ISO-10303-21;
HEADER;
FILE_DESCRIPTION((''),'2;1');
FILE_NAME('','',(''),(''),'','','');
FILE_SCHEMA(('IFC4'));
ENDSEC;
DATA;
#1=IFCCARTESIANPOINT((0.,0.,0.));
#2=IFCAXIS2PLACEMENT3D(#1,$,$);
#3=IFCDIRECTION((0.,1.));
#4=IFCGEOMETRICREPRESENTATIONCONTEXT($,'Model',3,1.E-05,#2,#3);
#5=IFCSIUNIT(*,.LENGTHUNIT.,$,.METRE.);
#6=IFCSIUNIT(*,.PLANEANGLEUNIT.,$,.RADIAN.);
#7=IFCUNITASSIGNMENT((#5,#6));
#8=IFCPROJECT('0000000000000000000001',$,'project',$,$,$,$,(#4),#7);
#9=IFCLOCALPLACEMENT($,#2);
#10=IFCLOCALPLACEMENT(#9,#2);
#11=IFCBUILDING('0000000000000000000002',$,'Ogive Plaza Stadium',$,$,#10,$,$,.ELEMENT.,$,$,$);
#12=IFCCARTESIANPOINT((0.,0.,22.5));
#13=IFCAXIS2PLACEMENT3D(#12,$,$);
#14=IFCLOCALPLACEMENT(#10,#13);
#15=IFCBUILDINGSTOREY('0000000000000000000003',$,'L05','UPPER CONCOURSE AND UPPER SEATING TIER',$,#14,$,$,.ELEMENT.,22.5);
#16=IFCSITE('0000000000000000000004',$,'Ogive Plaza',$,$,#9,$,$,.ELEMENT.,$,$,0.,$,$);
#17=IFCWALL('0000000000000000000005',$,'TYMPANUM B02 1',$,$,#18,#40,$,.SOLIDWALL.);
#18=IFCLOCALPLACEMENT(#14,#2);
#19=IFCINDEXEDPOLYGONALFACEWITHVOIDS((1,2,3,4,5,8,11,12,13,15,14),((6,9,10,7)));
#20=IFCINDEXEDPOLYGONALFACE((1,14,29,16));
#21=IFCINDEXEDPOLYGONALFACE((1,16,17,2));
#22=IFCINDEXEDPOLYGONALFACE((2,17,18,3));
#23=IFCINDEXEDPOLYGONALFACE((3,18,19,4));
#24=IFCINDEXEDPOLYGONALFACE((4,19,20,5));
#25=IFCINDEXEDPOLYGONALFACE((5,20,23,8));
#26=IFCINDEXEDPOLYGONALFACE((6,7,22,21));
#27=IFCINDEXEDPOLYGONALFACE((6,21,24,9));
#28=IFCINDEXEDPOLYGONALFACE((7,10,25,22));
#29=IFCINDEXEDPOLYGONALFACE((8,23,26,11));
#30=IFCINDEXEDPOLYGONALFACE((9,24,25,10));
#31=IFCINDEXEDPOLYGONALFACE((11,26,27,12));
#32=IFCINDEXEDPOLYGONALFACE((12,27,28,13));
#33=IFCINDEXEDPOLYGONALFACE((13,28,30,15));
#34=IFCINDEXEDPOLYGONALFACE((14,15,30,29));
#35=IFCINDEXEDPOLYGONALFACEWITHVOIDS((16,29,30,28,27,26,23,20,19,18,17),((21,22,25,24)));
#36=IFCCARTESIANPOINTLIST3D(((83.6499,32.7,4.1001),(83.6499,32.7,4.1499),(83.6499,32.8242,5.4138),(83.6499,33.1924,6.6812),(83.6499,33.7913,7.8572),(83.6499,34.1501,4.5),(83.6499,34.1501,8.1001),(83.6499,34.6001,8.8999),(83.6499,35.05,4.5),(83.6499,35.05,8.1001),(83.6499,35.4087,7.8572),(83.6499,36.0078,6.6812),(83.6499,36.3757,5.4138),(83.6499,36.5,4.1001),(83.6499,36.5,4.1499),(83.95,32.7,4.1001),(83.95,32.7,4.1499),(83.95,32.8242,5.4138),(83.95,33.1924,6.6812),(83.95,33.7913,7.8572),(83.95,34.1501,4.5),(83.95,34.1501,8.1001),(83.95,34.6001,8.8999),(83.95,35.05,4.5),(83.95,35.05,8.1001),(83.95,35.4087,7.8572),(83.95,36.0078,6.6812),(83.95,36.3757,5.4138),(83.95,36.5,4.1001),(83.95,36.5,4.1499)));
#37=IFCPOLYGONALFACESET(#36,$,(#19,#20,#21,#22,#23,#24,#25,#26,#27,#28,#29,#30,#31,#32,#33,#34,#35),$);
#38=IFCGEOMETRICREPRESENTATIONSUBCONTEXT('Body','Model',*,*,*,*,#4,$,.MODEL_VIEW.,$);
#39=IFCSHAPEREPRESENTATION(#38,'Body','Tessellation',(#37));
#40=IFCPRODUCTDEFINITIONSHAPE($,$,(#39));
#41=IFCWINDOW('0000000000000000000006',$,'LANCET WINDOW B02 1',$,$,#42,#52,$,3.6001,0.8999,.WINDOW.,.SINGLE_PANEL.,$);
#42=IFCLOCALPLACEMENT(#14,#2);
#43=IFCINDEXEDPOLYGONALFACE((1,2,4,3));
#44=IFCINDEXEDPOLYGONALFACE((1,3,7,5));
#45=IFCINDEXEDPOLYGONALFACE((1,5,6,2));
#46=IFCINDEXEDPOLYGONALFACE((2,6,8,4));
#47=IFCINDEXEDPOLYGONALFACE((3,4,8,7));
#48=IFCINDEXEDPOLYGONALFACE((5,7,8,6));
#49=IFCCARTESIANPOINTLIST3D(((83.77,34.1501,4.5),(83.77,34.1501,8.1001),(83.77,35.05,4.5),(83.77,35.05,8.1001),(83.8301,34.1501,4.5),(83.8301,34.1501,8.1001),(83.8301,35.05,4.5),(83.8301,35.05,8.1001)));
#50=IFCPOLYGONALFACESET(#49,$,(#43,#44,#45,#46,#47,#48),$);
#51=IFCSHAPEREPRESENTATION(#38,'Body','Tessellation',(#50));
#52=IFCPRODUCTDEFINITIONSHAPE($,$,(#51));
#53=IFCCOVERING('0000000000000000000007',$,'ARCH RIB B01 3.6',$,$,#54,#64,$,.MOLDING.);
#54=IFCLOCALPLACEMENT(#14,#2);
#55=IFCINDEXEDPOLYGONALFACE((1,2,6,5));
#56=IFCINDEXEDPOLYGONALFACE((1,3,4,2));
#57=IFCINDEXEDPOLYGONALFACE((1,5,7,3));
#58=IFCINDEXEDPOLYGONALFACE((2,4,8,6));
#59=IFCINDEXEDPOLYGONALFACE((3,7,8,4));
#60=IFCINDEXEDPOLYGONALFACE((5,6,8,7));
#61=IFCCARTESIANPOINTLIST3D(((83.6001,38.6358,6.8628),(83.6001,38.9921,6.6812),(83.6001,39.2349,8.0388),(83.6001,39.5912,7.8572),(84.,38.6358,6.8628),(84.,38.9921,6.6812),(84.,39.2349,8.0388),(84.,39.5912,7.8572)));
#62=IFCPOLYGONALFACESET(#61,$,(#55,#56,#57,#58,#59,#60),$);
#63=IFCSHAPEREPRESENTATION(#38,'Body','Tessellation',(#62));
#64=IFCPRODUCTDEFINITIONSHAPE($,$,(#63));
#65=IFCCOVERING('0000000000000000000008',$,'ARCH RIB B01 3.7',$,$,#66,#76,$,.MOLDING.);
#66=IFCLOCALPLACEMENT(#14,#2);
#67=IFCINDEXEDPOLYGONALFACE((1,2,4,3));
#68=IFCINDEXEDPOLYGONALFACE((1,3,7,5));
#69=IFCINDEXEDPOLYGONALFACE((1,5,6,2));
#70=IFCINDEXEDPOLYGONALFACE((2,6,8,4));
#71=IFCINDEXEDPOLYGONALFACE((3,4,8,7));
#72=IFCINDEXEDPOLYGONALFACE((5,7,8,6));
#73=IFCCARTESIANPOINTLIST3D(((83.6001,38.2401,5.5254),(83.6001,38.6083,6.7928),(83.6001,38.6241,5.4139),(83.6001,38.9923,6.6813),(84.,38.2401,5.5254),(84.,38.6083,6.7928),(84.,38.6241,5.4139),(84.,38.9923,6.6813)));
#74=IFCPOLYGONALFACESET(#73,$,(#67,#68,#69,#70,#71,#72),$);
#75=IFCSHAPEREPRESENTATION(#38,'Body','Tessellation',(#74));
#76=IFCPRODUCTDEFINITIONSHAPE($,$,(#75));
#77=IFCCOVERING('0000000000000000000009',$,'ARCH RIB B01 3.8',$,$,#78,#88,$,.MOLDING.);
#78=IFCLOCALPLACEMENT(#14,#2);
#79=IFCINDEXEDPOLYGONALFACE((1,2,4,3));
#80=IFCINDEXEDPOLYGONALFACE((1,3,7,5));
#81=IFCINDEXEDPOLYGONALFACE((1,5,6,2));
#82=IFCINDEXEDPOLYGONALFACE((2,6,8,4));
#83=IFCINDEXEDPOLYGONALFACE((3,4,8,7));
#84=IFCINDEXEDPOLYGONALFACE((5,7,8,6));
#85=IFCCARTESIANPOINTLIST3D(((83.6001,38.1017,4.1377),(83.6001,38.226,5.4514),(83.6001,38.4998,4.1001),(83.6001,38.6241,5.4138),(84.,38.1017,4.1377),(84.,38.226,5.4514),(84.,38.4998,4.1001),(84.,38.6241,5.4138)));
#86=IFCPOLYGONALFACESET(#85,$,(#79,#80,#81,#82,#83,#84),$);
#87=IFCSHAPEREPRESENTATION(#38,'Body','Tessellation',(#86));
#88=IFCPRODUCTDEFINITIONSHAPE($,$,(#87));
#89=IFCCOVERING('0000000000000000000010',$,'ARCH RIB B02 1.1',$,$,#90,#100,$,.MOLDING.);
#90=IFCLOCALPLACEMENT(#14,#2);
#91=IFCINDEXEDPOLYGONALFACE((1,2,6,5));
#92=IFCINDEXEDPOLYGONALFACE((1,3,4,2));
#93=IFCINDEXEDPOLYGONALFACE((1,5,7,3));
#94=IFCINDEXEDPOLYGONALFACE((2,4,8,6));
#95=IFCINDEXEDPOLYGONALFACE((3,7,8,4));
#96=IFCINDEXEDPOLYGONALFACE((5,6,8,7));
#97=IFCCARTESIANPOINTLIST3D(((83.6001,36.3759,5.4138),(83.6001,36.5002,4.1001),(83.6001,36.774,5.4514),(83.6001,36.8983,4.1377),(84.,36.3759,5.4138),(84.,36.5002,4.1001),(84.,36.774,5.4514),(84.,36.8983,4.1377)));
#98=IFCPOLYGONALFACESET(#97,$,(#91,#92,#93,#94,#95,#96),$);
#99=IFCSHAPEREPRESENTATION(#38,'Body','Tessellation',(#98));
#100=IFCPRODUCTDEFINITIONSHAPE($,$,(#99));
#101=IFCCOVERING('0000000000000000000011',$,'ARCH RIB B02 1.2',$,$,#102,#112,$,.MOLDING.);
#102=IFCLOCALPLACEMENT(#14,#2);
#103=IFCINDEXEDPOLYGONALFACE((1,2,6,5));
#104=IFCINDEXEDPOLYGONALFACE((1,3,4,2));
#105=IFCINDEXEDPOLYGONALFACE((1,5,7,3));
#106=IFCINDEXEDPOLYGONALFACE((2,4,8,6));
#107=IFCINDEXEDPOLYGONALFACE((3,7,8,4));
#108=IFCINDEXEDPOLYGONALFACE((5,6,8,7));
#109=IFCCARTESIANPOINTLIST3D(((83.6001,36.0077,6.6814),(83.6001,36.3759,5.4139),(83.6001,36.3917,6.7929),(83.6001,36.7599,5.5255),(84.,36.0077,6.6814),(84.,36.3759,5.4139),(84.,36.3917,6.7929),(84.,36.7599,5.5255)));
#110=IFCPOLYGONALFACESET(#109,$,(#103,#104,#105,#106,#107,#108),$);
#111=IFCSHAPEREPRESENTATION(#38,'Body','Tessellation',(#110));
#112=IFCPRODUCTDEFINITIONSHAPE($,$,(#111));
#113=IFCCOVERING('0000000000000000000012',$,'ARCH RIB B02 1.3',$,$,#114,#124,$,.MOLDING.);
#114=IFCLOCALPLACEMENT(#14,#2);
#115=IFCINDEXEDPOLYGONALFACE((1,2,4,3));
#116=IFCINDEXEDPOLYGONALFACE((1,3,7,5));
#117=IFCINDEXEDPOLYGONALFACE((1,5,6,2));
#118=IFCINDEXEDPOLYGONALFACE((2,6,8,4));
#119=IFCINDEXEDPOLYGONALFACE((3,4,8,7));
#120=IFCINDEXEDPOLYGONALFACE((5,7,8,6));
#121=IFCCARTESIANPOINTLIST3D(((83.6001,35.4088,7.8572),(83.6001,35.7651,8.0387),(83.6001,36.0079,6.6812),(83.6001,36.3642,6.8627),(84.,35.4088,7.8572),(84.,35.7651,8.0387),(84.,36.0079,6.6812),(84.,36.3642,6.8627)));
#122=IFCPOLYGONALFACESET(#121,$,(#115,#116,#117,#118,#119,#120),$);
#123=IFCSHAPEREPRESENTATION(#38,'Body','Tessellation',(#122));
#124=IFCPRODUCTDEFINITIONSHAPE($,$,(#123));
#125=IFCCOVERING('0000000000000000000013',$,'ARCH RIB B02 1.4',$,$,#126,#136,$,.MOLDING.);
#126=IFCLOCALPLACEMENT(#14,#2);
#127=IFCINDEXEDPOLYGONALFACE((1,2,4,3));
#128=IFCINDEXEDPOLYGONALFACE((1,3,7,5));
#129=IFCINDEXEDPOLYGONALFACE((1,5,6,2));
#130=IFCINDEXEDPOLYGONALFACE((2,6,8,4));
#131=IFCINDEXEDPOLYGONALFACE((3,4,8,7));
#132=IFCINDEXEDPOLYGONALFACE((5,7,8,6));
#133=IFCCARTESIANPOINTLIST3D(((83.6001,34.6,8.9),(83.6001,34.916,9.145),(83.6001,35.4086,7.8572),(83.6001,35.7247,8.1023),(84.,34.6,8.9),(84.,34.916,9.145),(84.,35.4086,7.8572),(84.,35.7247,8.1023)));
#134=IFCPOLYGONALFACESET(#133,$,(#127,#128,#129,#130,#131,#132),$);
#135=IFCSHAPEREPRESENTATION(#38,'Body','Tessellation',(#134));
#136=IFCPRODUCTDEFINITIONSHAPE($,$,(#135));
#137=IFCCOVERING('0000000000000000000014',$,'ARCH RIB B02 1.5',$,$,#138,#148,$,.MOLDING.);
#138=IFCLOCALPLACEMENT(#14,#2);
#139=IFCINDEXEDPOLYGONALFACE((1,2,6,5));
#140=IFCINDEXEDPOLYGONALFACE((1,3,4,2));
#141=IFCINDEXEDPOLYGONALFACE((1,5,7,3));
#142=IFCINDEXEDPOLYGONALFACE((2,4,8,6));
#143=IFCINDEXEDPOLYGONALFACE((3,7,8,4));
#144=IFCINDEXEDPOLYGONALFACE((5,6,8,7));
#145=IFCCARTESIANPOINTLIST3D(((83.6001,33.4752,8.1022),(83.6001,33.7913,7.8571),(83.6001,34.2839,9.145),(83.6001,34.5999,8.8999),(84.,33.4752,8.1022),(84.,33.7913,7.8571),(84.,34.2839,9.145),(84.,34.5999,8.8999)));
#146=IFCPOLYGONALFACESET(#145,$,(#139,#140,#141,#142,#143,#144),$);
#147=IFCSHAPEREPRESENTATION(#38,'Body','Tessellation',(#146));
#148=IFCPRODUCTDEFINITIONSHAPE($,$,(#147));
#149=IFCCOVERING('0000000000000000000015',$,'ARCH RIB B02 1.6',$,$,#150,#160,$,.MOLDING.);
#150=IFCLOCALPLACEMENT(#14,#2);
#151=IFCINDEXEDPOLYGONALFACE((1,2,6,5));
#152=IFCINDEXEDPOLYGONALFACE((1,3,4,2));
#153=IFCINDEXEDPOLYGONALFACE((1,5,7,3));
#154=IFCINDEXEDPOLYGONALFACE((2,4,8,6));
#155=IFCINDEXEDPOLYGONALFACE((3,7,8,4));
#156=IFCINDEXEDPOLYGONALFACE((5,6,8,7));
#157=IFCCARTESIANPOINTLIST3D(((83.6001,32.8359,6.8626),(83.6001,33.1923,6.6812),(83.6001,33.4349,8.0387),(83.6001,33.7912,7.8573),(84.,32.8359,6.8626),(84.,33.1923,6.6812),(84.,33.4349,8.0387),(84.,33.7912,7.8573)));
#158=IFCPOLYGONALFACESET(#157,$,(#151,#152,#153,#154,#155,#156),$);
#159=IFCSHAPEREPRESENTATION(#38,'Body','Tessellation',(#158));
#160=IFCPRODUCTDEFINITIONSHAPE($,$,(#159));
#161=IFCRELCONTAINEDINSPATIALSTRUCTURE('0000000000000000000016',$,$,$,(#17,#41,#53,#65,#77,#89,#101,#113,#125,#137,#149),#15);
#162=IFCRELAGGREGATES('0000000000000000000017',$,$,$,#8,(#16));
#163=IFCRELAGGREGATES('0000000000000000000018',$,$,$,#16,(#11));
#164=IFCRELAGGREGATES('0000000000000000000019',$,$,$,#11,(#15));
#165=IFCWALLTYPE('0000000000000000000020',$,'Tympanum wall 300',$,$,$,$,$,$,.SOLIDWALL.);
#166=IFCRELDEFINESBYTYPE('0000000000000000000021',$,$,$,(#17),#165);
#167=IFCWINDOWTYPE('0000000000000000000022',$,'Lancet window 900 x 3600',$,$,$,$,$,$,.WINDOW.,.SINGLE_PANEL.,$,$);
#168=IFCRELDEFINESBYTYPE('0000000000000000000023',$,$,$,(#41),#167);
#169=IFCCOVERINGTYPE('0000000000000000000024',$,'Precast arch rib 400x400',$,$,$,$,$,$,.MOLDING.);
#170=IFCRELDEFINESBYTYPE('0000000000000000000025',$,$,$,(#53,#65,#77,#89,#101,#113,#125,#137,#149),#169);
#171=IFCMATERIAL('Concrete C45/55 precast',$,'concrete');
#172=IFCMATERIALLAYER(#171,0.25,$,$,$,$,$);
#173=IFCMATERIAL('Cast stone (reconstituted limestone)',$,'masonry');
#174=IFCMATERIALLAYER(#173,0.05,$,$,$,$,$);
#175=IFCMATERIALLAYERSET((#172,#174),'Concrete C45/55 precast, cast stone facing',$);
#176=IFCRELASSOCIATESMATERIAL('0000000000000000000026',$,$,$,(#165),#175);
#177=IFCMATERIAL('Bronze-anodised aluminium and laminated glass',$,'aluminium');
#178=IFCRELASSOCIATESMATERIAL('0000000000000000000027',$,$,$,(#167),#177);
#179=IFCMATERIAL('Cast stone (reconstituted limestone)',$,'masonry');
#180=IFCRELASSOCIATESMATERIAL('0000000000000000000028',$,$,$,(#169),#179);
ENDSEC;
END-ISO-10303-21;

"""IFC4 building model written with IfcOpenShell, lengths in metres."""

from ifc_helpers import new_model, si_unit, direction, frame, frame_2d, origin, origin_2d, place, context, subcontext, project, spatial, polyline, rectangle, outline, extrude, material, layer, layer_set, material_profile, profile_set, type_object, element, fill, save


model = new_model("IFC4")

# Units and contexts
model_context = context("Model", 3, precision=1e-05, world=origin(), true_north=direction((0.0, 1.0)))
body_context = subcontext(model_context, "Body", "Model", "MODEL_VIEW")
ifc_project = project(units=[si_unit("LENGTHUNIT", "METRE"), si_unit("PLANEANGLEUNIT", "RADIAN")], contexts=[model_context])

# Site, building, storey
site_placement = place(None, origin())
site = spatial("IfcSite", under=ifc_project, at=site_placement, Name="Ogive Plaza", CompositionType="ELEMENT", RefElevation=0.0)
building_placement = place(site_placement, origin())
building = spatial("IfcBuilding", under=site, at=building_placement, Name="Ogive Plaza Stadium", CompositionType="ELEMENT")
storey_placement = place(building_placement, frame((0.0, 0.0, 22.5)))
storey = spatial("IfcBuildingStorey", under=building, at=storey_placement, Name="L05", Description="UPPER CONCOURSE AND UPPER SEATING TIER", CompositionType="ELEMENT", Elevation=22.5)

# Wall, opening, window
ifc_material_1 = material(Name="Concrete C45/55 precast", Category="concrete")
ifc_layer_1 = layer(ifc_material_1, 0.25)
ifc_material_2 = material(Name="Cast stone (reconstituted limestone)", Category="masonry")
ifc_layer_2 = layer(ifc_material_2, 0.05)
ifc_layer_set_1 = layer_set([ifc_layer_1, ifc_layer_2], Name="Concrete C45/55 precast, cast stone facing")
wall_type = type_object("IfcWallType", Name="Tympanum wall 300", PredefinedType="SOLIDWALL", material=ifc_layer_set_1)
wall_placement = place(storey_placement, frame((83.8, 36.5, 4.1001), z_axis=(0.0, 0.0, 1.0), x_axis=(0.0, -1.0, 0.0)))
wall = element("IfcWall", 1, at=wall_placement, inside=storey, type_object=wall_type, Name="TYMPANUM B02 1", PredefinedType="SOLIDWALL", context=body_context, shape_type="SweptSolid", body=[
    extrude(outline(polyline([(0.0, 0.0), (3.8, 0.0), (3.8, 0.0498), (3.6758, 1.3137), (3.3076, 2.5811), (2.7087, 3.7571), (1.8999, 4.7998), (1.0913, 3.7571), (0.4922, 2.5811), (0.1243, 1.3137), (0.0, 0.0498), (0.0, 0.0)])), frame((0.0, 0.1499, 0.0), z_axis=(0.0, -1.0, 0.0), x_axis=(1.0, 0.0, 0.0)), (0.0, 0.0, 1.0), 0.3),
])
opening_placement = place(wall_placement, frame((1.45, 0.0, 0.3999)))
opening = element("IfcOpeningElement", 2, at=opening_placement, cuts=wall, PredefinedType="OPENING", context=body_context, shape_type="SweptSolid", body=[
    extrude(rectangle(XDim=0.8999, YDim=3.6001, at=frame_2d((0.45, 1.8))), frame((0.0, 0.1602, 0.0), z_axis=(0.0, -1.0, 0.0), x_axis=(1.0, 0.0, 0.0)), (0.0, 0.0, 1.0), 0.3201),
])
ifc_material_3 = material(Name="Bronze-anodised aluminium and laminated glass", Category="aluminium")
window_type = type_object("IfcWindowType", Name="Lancet window 900 x 3600", PartitioningType="SINGLE_PANEL", PredefinedType="WINDOW", material=ifc_material_3)
window_placement = place(opening_placement, origin())
window = element("IfcWindow", 3, at=window_placement, inside=storey, type_object=window_type, Name="LANCET WINDOW B02 1", OverallHeight=3.6001, OverallWidth=0.8999, PartitioningType="SINGLE_PANEL", PredefinedType="WINDOW", context=body_context, shape_type="SweptSolid", body=[
    extrude(rectangle(XDim=0.8999, YDim=3.6001, at=frame_2d((0.45, 1.8))), frame((0.0, 0.03, 0.0), z_axis=(0.0, -1.0, 0.0), x_axis=(1.0, 0.0, 0.0)), (0.0, 0.0, 1.0), 0.0601),
])
fill(opening, window)

# Coverings
ifc_material_4 = material(Name="Cast stone (reconstituted limestone)", Category="masonry")
ifc_material_profile_1 = material_profile(ifc_material_4, rectangle(XDim=0.3999, YDim=0.3999, at=origin_2d()), Name="Cast stone 400x400")
ifc_profile_set_1 = profile_set([ifc_material_profile_1], Name="Cast stone (reconstituted limestone)")
covering_type = type_object("IfcCoveringType", Name="Precast arch rib 400x400", PredefinedType="MOLDING", material=ifc_profile_set_1)
for number, where, z_axis, x_axis, name in (
    (4, (83.8, 39.4131, 7.948), (0.0, -0.453934, -0.891035), (1.0, 0.0, 0.0), "ARCH RIB B01 3.6"),
    (5, (83.8, 38.8003, 6.7371), (0.0, -0.27897, -0.9603), (1.0, 0.0, 0.0), "ARCH RIB B01 3.7"),
):
    element("IfcCovering", number, at=place(storey_placement, frame(where, z_axis=z_axis, x_axis=x_axis)), inside=storey, type_object=covering_type, Name=name, PredefinedType="MOLDING", context=body_context, shape_type="SweptSolid", body=[
        extrude(rectangle(XDim=0.3999, YDim=0.3999, at=origin_2d()), origin(), (0.0, 0.0, 1.0), 1.3198),
    ])
for number, where, z_axis, x_axis, name in (
    (6, (83.8, 38.425, 5.4326), (0.0, -0.094172, -0.995556), (1.0, 0.0, 0.0), "ARCH RIB B01 3.8"),
    (7, (83.8, 36.6992, 4.1189), (0.0, -0.094172, 0.995556), (1.0, 0.0, 0.0), "ARCH RIB B02 1.1"),
):
    element("IfcCovering", number, at=place(storey_placement, frame(where, z_axis=z_axis, x_axis=x_axis)), inside=storey, type_object=covering_type, Name=name, PredefinedType="MOLDING", context=body_context, shape_type="SweptSolid", body=[
        extrude(rectangle(XDim=0.3999, YDim=0.3999, at=origin_2d()), origin(), (0.0, 0.0, 1.0), 1.3196),
    ])
for number, where, z_axis, x_axis, name in (
    (8, (83.8, 36.5679, 5.4697), (0.0, -0.27897, 0.9603), (1.0, 0.0, 0.0), "ARCH RIB B02 1.2"),
    (9, (83.8, 36.186, 6.772), (0.0, -0.453934, 0.891035), (1.0, 0.0, 0.0), "ARCH RIB B02 1.3"),
):
    element("IfcCovering", number, at=place(storey_placement, frame(where, z_axis=z_axis, x_axis=x_axis)), inside=storey, type_object=covering_type, Name=name, PredefinedType="MOLDING", context=body_context, shape_type="SweptSolid", body=[
        extrude(rectangle(XDim=0.3999, YDim=0.3999, at=origin_2d()), origin(), (0.0, 0.0, 1.0), 1.3198),
    ])
for number, where, z_axis, x_axis, name in (
    (10, (83.8, 35.5667, 7.9797), (0.0, -0.6128, 0.790238), (1.0, 0.0, 0.0), "ARCH RIB B02 1.4"),
    (11, (83.8, 34.4419, 9.0225), (0.0, -0.6128, -0.790238), (1.0, 0.0, 0.0), "ARCH RIB B02 1.5"),
):
    element("IfcCovering", number, at=place(storey_placement, frame(where, z_axis=z_axis, x_axis=x_axis)), inside=storey, type_object=covering_type, Name=name, PredefinedType="MOLDING", context=body_context, shape_type="SweptSolid", body=[
        extrude(rectangle(XDim=0.3999, YDim=0.3999, at=origin_2d()), origin(), (0.0, 0.0, 1.0), 1.3196),
    ])
covering_placement = place(storey_placement, frame((83.8, 33.613, 7.948), z_axis=(0.0, -0.453787, -0.89111), x_axis=(1.0, 0.0, 0.0)))
element("IfcCovering", 12, at=covering_placement, inside=storey, type_object=covering_type, Name="ARCH RIB B02 1.6", PredefinedType="MOLDING", context=body_context, shape_type="SweptSolid", body=[
    extrude(rectangle(XDim=0.3999, YDim=0.3999, at=origin_2d()), origin(), (0.0, 0.0, 1.0), 1.3198),
])

save(model, "model.ifc")
